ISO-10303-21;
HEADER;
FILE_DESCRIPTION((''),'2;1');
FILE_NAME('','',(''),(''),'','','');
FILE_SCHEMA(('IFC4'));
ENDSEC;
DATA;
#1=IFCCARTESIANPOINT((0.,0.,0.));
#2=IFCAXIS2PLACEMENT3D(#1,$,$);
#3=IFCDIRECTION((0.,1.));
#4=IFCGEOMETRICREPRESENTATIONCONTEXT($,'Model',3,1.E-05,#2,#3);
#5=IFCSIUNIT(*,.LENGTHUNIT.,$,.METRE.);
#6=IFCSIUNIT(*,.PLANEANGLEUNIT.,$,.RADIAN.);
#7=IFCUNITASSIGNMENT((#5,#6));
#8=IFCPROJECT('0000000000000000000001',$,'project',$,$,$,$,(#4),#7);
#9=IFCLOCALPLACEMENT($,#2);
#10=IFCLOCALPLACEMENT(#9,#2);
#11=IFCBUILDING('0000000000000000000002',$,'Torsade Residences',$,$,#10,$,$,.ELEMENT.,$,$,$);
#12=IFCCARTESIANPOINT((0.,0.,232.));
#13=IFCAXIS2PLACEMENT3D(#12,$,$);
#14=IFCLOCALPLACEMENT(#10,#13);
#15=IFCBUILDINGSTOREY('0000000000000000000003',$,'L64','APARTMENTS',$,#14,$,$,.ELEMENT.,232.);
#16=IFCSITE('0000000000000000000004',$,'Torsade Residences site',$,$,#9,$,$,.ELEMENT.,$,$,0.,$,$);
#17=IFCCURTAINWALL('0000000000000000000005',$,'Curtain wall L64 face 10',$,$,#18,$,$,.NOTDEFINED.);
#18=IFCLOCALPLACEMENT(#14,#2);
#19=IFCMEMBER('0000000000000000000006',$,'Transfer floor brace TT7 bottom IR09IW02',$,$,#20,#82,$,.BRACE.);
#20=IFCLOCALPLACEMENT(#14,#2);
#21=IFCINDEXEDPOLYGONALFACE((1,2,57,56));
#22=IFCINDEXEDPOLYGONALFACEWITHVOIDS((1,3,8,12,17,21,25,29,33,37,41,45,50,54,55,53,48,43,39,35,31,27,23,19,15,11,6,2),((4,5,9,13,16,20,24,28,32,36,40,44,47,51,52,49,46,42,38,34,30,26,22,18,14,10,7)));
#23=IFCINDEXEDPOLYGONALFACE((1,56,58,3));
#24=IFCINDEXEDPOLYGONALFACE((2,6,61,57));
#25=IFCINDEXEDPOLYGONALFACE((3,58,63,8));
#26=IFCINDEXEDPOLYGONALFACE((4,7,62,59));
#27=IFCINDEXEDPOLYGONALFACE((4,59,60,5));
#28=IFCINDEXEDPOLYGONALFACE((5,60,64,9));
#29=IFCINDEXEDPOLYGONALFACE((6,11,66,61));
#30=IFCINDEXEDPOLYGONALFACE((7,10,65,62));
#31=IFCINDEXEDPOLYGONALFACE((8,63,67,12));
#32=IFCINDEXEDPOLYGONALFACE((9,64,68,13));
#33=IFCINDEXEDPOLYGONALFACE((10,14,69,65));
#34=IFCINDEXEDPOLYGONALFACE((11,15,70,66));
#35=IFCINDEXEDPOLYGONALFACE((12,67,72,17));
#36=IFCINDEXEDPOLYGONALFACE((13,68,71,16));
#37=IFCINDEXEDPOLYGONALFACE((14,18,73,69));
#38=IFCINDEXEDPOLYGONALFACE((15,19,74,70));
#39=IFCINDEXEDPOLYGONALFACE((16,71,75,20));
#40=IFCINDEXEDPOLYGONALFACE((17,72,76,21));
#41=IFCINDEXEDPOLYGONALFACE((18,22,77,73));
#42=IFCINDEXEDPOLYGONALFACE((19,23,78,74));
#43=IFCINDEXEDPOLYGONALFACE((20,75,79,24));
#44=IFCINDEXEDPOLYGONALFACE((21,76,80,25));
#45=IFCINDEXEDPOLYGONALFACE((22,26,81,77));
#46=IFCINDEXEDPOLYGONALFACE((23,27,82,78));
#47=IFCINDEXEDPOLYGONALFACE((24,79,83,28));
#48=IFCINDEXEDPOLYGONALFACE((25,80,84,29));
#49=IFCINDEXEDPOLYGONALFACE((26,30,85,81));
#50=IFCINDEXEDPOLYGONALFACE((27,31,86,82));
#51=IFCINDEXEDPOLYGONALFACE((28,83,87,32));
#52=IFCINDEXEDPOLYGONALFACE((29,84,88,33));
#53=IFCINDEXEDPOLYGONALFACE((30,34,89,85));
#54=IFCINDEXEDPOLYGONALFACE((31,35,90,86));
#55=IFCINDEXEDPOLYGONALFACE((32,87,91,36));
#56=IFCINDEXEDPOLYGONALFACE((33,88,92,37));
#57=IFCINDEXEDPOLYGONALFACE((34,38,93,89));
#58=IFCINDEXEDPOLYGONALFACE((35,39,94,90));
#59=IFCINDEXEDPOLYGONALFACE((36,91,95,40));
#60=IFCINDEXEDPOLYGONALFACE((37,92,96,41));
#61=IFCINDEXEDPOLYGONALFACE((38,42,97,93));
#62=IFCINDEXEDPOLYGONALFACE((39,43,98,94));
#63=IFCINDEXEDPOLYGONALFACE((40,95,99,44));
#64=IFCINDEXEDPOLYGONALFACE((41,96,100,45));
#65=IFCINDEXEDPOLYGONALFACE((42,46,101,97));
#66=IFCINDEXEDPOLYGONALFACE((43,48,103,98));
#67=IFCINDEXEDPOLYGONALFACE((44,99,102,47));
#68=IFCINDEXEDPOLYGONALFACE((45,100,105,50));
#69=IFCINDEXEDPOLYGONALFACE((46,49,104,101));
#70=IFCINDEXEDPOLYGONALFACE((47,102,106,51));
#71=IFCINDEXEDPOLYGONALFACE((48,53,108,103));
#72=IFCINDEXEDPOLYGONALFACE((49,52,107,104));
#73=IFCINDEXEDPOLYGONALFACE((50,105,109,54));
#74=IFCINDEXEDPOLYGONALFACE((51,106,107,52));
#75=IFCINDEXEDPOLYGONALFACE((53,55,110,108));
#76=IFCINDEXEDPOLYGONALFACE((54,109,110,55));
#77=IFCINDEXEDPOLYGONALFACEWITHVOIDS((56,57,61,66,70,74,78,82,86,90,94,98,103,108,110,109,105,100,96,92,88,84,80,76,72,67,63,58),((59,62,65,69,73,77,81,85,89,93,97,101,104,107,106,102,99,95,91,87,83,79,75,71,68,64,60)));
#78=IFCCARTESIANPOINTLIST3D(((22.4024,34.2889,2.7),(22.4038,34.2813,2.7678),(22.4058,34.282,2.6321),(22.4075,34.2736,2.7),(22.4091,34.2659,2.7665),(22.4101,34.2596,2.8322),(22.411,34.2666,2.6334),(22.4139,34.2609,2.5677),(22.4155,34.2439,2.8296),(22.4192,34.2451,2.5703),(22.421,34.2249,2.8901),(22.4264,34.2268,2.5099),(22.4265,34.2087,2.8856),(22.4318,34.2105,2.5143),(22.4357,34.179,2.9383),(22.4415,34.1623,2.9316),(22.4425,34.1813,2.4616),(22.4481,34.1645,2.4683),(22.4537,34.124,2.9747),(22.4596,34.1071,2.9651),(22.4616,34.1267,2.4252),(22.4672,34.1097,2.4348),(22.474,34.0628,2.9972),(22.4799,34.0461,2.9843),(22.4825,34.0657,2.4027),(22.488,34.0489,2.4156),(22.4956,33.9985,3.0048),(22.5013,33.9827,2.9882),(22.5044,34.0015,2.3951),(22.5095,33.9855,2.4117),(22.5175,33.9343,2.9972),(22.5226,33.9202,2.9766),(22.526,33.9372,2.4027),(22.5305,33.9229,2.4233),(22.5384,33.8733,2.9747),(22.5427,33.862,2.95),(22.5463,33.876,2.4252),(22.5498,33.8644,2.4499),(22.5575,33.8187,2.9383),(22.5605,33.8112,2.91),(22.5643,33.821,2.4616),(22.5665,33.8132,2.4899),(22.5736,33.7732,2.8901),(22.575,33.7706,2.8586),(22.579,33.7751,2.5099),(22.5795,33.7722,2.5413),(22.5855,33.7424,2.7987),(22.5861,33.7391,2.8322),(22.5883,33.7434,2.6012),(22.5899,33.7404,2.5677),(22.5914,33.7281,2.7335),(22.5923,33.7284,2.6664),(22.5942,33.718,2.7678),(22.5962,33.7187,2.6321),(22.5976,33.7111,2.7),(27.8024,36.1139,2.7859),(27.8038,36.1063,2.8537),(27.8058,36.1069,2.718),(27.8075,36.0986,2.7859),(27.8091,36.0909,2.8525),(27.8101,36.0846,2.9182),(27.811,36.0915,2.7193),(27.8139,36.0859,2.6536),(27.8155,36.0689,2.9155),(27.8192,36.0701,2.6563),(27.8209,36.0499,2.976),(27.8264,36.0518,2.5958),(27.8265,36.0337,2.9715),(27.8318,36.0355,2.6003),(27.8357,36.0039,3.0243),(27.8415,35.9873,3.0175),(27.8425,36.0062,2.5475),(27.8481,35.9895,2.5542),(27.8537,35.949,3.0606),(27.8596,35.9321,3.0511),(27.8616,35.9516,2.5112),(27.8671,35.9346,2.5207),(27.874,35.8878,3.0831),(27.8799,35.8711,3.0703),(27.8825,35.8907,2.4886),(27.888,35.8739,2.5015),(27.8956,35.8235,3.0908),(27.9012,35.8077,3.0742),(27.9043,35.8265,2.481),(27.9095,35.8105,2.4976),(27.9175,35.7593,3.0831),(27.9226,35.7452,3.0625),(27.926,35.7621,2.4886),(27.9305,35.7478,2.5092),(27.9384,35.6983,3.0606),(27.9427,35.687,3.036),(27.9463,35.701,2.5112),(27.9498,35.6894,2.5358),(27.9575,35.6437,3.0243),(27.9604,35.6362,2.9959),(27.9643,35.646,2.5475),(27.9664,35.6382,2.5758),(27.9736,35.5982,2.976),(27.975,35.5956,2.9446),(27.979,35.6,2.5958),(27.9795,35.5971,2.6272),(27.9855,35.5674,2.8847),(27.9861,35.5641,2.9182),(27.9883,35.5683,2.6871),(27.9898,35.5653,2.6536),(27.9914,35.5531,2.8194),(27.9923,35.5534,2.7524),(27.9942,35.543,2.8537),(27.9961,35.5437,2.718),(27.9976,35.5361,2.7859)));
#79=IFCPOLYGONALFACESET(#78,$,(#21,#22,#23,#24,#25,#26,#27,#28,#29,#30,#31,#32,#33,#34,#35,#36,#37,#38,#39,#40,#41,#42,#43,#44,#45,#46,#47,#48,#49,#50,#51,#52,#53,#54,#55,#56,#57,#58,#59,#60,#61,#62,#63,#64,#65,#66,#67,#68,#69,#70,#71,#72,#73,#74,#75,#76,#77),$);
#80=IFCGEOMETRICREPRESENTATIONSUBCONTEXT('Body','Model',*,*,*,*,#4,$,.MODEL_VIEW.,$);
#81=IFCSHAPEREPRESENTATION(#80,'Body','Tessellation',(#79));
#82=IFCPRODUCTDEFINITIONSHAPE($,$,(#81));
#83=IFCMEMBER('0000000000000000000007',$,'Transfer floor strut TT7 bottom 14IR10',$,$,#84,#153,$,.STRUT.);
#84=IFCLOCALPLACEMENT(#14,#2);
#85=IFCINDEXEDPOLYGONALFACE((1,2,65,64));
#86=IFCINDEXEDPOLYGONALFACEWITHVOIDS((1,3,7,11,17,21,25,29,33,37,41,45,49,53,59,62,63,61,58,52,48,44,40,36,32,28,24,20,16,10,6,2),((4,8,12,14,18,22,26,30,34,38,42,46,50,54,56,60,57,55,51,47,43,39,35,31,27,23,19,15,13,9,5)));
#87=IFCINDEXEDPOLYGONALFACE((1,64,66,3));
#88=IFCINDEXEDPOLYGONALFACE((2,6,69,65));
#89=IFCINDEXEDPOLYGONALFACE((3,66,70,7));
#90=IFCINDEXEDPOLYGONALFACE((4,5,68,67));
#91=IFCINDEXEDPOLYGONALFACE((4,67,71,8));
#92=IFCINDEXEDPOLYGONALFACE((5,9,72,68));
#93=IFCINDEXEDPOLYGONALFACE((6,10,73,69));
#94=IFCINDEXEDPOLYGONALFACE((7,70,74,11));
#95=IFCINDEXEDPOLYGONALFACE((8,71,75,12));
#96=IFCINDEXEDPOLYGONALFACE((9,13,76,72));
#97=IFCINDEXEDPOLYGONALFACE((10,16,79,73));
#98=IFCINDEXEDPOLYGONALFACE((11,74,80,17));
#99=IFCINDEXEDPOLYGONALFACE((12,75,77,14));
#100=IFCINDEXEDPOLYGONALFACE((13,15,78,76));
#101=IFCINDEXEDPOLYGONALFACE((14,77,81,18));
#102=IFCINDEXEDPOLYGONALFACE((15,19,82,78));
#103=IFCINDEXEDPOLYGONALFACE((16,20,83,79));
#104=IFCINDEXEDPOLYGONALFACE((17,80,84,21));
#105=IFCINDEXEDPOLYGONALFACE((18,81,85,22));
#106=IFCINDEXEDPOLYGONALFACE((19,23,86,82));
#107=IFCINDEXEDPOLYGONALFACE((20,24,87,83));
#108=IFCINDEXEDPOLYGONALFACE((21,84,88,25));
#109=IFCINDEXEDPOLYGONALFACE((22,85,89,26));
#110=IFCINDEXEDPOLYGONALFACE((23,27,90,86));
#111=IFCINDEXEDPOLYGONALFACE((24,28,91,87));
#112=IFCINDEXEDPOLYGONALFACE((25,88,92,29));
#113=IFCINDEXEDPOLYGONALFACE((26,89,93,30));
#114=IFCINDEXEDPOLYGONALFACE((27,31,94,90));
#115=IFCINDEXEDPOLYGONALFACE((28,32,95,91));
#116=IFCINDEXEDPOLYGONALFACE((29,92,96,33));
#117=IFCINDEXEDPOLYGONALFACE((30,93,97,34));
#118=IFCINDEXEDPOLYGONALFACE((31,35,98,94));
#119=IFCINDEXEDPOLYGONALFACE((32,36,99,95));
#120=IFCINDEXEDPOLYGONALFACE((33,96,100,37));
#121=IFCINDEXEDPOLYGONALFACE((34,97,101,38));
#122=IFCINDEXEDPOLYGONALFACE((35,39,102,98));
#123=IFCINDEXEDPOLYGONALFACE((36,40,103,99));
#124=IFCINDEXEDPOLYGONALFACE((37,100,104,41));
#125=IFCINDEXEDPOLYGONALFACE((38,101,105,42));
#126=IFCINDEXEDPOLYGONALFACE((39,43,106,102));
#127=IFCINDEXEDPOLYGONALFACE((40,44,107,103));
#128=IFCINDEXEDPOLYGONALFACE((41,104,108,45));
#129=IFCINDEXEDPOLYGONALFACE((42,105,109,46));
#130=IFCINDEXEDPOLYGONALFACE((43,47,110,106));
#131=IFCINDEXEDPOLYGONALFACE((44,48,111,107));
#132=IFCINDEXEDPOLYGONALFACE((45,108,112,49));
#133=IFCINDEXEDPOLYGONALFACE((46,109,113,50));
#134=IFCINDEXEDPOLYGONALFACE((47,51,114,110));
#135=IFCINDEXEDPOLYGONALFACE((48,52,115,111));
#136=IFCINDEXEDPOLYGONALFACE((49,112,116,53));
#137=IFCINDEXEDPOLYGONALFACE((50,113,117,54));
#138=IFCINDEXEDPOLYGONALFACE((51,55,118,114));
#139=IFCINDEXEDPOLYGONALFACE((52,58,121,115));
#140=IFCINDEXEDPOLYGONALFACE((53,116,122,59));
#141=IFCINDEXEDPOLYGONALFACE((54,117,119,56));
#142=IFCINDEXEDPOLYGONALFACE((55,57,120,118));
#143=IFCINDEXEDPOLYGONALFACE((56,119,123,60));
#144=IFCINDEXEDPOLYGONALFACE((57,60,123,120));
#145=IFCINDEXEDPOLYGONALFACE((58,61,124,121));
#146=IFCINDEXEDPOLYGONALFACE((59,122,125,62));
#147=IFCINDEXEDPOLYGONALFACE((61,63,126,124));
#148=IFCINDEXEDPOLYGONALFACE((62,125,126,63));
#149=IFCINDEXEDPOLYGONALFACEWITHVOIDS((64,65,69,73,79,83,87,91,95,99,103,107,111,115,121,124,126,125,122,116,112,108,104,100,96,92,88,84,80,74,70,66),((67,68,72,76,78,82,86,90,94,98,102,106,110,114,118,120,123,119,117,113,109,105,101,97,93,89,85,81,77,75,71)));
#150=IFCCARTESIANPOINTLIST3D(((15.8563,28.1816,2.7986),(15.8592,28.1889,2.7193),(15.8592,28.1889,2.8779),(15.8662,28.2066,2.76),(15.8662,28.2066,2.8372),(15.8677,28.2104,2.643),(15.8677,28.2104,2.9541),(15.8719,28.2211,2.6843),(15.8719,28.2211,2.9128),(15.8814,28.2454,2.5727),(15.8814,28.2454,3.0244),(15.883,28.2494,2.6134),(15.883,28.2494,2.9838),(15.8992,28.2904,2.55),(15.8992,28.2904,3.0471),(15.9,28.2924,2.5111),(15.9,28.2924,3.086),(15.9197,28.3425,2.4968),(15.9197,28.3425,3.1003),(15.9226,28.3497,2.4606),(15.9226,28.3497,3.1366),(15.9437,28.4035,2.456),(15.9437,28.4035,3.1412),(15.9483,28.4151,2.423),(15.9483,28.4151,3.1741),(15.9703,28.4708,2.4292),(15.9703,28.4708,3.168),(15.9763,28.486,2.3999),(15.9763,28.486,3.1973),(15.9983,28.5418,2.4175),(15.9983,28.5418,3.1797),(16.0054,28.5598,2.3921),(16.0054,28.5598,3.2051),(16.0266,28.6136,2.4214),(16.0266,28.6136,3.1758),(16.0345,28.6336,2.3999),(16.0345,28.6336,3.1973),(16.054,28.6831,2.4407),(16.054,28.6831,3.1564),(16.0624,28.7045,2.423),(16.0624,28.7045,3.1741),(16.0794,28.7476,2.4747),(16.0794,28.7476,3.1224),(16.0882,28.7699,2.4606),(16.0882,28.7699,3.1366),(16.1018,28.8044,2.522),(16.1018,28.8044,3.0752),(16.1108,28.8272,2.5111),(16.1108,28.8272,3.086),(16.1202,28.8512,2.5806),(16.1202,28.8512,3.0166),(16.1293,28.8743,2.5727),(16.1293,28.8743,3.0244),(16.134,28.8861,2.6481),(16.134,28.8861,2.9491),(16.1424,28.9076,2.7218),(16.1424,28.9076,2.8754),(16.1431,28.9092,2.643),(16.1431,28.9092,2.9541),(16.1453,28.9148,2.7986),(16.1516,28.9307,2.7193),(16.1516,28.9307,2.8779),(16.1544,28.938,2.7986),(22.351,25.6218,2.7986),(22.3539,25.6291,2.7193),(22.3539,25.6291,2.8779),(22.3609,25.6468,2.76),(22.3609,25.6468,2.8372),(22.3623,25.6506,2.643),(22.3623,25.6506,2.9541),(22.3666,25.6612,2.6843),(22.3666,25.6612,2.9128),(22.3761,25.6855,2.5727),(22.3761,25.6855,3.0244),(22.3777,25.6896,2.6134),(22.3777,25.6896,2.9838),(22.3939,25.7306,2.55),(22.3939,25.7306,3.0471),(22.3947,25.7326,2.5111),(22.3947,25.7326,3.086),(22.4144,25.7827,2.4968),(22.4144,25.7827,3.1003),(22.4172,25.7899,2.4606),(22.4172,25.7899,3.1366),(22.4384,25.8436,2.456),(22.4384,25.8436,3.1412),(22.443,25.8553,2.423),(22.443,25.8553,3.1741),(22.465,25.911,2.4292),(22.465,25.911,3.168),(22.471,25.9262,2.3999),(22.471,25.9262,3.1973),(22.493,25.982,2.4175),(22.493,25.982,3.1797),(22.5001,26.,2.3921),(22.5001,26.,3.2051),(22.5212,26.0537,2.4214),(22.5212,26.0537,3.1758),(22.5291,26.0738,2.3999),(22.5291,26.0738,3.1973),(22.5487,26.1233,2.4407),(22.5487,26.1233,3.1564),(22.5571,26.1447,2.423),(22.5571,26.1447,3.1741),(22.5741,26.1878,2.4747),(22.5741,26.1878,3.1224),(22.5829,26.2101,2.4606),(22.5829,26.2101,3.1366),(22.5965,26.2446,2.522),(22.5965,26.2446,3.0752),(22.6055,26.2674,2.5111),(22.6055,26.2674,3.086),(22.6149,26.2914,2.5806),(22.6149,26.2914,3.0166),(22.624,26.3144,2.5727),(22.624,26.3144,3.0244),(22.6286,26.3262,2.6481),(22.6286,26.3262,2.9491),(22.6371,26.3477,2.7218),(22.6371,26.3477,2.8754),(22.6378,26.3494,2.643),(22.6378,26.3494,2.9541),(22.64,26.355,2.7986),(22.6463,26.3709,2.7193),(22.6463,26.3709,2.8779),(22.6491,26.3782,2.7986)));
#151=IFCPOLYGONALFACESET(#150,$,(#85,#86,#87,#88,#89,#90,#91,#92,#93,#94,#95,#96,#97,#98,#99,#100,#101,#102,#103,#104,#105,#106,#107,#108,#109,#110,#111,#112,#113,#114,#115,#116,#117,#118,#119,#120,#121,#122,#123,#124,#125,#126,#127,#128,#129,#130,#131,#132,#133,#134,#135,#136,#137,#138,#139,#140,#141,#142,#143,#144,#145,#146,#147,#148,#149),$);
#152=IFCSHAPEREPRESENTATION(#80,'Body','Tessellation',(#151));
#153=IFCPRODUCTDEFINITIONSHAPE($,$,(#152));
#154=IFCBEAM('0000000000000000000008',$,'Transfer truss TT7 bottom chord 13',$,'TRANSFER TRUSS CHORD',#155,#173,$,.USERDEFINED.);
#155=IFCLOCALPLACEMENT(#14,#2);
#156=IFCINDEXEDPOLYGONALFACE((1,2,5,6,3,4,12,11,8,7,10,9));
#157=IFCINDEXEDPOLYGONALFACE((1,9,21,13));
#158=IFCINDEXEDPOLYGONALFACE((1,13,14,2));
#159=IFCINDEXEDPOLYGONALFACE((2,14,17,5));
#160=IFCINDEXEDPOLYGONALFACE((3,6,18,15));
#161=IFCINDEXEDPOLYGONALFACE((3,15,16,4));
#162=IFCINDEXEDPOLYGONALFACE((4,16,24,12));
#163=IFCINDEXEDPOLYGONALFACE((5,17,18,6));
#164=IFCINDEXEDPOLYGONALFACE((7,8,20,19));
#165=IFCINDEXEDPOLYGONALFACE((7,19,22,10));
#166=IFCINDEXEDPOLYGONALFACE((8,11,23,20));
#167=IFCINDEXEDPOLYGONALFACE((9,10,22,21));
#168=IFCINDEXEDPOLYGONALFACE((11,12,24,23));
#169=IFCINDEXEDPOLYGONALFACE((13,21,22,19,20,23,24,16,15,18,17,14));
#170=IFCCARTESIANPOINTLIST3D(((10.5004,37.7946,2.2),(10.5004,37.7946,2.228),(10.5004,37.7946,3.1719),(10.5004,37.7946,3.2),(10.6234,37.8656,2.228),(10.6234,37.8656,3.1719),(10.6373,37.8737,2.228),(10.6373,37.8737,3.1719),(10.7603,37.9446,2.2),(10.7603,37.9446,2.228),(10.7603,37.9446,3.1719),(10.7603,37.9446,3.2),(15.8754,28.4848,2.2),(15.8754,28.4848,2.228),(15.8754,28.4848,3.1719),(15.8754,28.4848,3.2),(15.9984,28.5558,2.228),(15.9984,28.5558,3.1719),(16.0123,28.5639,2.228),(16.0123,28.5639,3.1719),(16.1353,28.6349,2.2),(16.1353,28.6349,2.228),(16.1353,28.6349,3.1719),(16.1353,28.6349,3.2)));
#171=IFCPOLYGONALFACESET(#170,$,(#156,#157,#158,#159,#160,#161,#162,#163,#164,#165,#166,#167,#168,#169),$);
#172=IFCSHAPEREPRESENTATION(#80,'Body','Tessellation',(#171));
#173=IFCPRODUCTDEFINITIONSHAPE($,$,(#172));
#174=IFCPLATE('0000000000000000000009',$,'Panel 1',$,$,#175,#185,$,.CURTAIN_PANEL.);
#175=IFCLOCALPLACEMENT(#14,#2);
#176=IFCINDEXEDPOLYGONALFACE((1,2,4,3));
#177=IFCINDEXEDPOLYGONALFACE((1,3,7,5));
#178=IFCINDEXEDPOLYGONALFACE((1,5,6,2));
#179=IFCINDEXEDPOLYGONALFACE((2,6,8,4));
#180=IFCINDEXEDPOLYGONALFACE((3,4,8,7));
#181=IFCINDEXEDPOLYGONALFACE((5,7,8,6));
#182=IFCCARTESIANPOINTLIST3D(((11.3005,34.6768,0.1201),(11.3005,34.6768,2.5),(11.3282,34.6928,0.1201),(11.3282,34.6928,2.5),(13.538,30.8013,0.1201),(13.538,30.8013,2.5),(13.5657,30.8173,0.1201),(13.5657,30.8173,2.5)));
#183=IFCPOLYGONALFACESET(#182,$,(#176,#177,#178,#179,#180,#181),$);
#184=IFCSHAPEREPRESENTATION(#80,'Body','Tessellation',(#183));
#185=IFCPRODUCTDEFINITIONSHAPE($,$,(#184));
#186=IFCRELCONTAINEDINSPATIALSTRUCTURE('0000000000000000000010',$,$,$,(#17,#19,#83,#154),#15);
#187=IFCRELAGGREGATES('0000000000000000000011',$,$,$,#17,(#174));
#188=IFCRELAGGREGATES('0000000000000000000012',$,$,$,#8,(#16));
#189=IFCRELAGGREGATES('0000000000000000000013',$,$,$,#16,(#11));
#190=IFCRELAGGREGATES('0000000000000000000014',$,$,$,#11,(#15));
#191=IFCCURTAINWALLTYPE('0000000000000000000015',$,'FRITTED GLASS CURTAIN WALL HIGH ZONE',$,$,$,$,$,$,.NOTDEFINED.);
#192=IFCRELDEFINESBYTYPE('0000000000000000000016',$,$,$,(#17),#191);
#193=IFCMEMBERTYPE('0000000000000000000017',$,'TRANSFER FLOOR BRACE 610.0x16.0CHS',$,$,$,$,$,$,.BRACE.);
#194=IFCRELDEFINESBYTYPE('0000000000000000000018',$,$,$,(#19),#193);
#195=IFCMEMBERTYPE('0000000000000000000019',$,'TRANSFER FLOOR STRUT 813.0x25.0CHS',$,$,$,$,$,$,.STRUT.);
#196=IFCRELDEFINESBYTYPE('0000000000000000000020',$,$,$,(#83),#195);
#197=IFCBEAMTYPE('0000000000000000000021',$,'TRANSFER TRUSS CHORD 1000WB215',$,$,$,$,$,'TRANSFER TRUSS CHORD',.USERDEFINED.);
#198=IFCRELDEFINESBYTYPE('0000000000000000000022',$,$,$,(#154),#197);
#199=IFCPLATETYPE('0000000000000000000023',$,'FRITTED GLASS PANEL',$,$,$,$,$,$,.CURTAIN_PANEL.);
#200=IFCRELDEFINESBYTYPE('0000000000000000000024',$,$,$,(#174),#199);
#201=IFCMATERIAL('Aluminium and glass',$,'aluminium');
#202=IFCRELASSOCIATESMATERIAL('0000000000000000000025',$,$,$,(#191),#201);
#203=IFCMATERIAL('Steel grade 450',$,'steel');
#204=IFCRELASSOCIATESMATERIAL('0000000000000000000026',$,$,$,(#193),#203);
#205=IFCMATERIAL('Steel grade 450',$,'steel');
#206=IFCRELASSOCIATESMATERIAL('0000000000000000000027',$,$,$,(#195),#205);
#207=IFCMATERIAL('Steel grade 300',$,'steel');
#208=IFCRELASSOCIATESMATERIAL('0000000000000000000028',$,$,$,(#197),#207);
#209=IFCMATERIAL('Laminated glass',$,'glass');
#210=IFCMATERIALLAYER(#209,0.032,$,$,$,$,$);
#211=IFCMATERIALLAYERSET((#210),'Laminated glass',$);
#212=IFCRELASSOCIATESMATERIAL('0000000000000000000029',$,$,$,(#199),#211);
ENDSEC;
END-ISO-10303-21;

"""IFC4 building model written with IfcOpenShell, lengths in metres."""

from ifc_helpers import new_model, si_unit, direction, frame, origin, origin_2d, place, context, subcontext, project, spatial, rectangle, hollow_circle, i_section, extrude, material, layer, layer_set, material_profile, profile_set, type_object, element, aggregate, save


model = new_model("IFC4")

# Units and contexts
model_context = context("Model", 3, precision=1e-05, world=origin(), true_north=direction((0.0, 1.0)))
body_context = subcontext(model_context, "Body", "Model", "MODEL_VIEW")
ifc_project = project(units=[si_unit("LENGTHUNIT", "METRE"), si_unit("PLANEANGLEUNIT", "RADIAN")], contexts=[model_context])

# Site, building, storey
site_placement = place(None, origin())
site = spatial("IfcSite", under=ifc_project, at=site_placement, Name="Torsade Residences site", CompositionType="ELEMENT", RefElevation=0.0)
building_placement = place(site_placement, origin())
building = spatial("IfcBuilding", under=site, at=building_placement, Name="Torsade Residences", CompositionType="ELEMENT")
storey_placement = place(building_placement, frame((0.0, 0.0, 232.0)))
storey = spatial("IfcBuildingStorey", under=building, at=storey_placement, Name="L64", Description="APARTMENTS", CompositionType="ELEMENT", Elevation=232.0)

# Curtain wall
ifc_material_1 = material(Name="Aluminium and glass", Category="aluminium")
curtain_wall_type = type_object("IfcCurtainWallType", Name="FRITTED GLASS CURTAIN WALL HIGH ZONE", PredefinedType="NOTDEFINED", material=ifc_material_1)
curtain_wall_placement = place(storey_placement, origin())
curtain_wall = element("IfcCurtainWall", 1, at=curtain_wall_placement, inside=storey, type_object=curtain_wall_type, Name="Curtain wall L64 face 10", PredefinedType="NOTDEFINED")

# Members
ifc_material_2 = material(Name="Steel grade 450", Category="steel")
ifc_material_profile_1 = material_profile(ifc_material_2, hollow_circle(Radius=0.3049, WallThickness=0.0161, at=origin_2d()), Name="610.0x16.0CHS")
ifc_profile_set_1 = profile_set([ifc_material_profile_1], Name="Steel grade 450")
member_type_1 = type_object("IfcMemberType", Name="TRANSFER FLOOR BRACE 610.0x16.0CHS", PredefinedType="BRACE", material=ifc_profile_set_1)
member_1_placement = place(storey_placement, frame((22.5, 34.0, 2.7), z_axis=(0.947252, 0.320133, 0.015075), x_axis=(-0.32017, 0.94736, 0.0)))
element("IfcMember", 2, at=member_1_placement, inside=storey, type_object=member_type_1, Name="Transfer floor brace TT7 bottom IR09IW02", PredefinedType="BRACE", context=body_context, shape_type="SweptSolid", body=[
    extrude(hollow_circle(Radius=0.3049, WallThickness=0.0161, at=origin_2d()), origin(), (0.0, 0.0, 1.0), 5.7007),
])
ifc_material_3 = material(Name="Steel grade 450", Category="steel")
ifc_material_profile_2 = material_profile(ifc_material_3, hollow_circle(Radius=0.4065, WallThickness=0.0249, at=origin_2d()), Name="813.0x25.0CHS")
ifc_profile_set_2 = profile_set([ifc_material_profile_2], Name="Steel grade 450")
member_type_2 = type_object("IfcMemberType", Name="TRANSFER FLOOR STRUT 813.0x25.0CHS", PredefinedType="STRUT", material=ifc_profile_set_2)
member_2_placement = place(storey_placement, frame((16.0054, 28.5598, 2.7986), z_axis=(0.930344, -0.366689, 0.0), x_axis=(0.366689, 0.930344, 0.0)))
element("IfcMember", 3, at=member_2_placement, inside=storey, type_object=member_type_2, Name="Transfer floor strut TT7 bottom 14IR10", PredefinedType="STRUT", context=body_context, shape_type="SweptSolid", body=[
    extrude(hollow_circle(Radius=0.4065, WallThickness=0.0249, at=origin_2d()), origin(), (0.0, 0.0, 1.0), 6.981),
])

# Beam
ifc_material_4 = material(Name="Steel grade 300", Category="steel")
ifc_material_profile_3 = material_profile(ifc_material_4, i_section(OverallWidth=0.3, OverallDepth=1.0, WebThickness=0.0161, FlangeThickness=0.0281, at=origin_2d()), Name="1000WB215")
ifc_profile_set_3 = profile_set([ifc_material_profile_3], Name="Steel grade 300")
beam_type_1 = type_object("IfcBeamType", Name="TRANSFER TRUSS CHORD 1000WB215", ElementType="TRANSFER TRUSS CHORD", PredefinedType="USERDEFINED", material=ifc_profile_set_3)
beam_1_placement = place(storey_placement, frame((10.6304, 37.8696, 2.7), z_axis=(0.499998, -0.866026, 0.0), x_axis=(0.866026, 0.499998, 0.0)))
element("IfcBeam", 4, at=beam_1_placement, inside=storey, type_object=beam_type_1, Name="Transfer truss TT7 bottom chord 13", ObjectType="TRANSFER TRUSS CHORD", PredefinedType="USERDEFINED", context=body_context, shape_type="SweptSolid", body=[
    extrude(i_section(OverallWidth=0.3, OverallDepth=1.0, WebThickness=0.0161, FlangeThickness=0.0281, at=origin_2d()), origin(), (0.0, 0.0, 1.0), 10.75),
])

# Plate
ifc_material_5 = material(Name="Laminated glass", Category="glass")
ifc_layer_1 = layer(ifc_material_5, 0.032)
ifc_layer_set_1 = layer_set([ifc_layer_1], Name="Laminated glass")
plate_type_1 = type_object("IfcPlateType", Name="FRITTED GLASS PANEL", PredefinedType="CURTAIN_PANEL", material=ifc_layer_set_1)
plate_1_placement = place(storey_placement, frame((12.4331, 32.7471, 0.1201), z_axis=(0.0, 0.0, 1.0), x_axis=(0.5, -0.866025, 0.0)))
plate_1 = element("IfcPlate", 5, at=plate_1_placement, type_object=plate_type_1, Name="Panel 1", PredefinedType="CURTAIN_PANEL", context=body_context, shape_type="SweptSolid", body=[
    extrude(rectangle(XDim=4.4751, YDim=0.032, at=origin_2d()), origin(), (0.0, 0.0, 1.0), 2.3799),
])
aggregate(curtain_wall, [plate_1])

save(model, "model.ifc")
